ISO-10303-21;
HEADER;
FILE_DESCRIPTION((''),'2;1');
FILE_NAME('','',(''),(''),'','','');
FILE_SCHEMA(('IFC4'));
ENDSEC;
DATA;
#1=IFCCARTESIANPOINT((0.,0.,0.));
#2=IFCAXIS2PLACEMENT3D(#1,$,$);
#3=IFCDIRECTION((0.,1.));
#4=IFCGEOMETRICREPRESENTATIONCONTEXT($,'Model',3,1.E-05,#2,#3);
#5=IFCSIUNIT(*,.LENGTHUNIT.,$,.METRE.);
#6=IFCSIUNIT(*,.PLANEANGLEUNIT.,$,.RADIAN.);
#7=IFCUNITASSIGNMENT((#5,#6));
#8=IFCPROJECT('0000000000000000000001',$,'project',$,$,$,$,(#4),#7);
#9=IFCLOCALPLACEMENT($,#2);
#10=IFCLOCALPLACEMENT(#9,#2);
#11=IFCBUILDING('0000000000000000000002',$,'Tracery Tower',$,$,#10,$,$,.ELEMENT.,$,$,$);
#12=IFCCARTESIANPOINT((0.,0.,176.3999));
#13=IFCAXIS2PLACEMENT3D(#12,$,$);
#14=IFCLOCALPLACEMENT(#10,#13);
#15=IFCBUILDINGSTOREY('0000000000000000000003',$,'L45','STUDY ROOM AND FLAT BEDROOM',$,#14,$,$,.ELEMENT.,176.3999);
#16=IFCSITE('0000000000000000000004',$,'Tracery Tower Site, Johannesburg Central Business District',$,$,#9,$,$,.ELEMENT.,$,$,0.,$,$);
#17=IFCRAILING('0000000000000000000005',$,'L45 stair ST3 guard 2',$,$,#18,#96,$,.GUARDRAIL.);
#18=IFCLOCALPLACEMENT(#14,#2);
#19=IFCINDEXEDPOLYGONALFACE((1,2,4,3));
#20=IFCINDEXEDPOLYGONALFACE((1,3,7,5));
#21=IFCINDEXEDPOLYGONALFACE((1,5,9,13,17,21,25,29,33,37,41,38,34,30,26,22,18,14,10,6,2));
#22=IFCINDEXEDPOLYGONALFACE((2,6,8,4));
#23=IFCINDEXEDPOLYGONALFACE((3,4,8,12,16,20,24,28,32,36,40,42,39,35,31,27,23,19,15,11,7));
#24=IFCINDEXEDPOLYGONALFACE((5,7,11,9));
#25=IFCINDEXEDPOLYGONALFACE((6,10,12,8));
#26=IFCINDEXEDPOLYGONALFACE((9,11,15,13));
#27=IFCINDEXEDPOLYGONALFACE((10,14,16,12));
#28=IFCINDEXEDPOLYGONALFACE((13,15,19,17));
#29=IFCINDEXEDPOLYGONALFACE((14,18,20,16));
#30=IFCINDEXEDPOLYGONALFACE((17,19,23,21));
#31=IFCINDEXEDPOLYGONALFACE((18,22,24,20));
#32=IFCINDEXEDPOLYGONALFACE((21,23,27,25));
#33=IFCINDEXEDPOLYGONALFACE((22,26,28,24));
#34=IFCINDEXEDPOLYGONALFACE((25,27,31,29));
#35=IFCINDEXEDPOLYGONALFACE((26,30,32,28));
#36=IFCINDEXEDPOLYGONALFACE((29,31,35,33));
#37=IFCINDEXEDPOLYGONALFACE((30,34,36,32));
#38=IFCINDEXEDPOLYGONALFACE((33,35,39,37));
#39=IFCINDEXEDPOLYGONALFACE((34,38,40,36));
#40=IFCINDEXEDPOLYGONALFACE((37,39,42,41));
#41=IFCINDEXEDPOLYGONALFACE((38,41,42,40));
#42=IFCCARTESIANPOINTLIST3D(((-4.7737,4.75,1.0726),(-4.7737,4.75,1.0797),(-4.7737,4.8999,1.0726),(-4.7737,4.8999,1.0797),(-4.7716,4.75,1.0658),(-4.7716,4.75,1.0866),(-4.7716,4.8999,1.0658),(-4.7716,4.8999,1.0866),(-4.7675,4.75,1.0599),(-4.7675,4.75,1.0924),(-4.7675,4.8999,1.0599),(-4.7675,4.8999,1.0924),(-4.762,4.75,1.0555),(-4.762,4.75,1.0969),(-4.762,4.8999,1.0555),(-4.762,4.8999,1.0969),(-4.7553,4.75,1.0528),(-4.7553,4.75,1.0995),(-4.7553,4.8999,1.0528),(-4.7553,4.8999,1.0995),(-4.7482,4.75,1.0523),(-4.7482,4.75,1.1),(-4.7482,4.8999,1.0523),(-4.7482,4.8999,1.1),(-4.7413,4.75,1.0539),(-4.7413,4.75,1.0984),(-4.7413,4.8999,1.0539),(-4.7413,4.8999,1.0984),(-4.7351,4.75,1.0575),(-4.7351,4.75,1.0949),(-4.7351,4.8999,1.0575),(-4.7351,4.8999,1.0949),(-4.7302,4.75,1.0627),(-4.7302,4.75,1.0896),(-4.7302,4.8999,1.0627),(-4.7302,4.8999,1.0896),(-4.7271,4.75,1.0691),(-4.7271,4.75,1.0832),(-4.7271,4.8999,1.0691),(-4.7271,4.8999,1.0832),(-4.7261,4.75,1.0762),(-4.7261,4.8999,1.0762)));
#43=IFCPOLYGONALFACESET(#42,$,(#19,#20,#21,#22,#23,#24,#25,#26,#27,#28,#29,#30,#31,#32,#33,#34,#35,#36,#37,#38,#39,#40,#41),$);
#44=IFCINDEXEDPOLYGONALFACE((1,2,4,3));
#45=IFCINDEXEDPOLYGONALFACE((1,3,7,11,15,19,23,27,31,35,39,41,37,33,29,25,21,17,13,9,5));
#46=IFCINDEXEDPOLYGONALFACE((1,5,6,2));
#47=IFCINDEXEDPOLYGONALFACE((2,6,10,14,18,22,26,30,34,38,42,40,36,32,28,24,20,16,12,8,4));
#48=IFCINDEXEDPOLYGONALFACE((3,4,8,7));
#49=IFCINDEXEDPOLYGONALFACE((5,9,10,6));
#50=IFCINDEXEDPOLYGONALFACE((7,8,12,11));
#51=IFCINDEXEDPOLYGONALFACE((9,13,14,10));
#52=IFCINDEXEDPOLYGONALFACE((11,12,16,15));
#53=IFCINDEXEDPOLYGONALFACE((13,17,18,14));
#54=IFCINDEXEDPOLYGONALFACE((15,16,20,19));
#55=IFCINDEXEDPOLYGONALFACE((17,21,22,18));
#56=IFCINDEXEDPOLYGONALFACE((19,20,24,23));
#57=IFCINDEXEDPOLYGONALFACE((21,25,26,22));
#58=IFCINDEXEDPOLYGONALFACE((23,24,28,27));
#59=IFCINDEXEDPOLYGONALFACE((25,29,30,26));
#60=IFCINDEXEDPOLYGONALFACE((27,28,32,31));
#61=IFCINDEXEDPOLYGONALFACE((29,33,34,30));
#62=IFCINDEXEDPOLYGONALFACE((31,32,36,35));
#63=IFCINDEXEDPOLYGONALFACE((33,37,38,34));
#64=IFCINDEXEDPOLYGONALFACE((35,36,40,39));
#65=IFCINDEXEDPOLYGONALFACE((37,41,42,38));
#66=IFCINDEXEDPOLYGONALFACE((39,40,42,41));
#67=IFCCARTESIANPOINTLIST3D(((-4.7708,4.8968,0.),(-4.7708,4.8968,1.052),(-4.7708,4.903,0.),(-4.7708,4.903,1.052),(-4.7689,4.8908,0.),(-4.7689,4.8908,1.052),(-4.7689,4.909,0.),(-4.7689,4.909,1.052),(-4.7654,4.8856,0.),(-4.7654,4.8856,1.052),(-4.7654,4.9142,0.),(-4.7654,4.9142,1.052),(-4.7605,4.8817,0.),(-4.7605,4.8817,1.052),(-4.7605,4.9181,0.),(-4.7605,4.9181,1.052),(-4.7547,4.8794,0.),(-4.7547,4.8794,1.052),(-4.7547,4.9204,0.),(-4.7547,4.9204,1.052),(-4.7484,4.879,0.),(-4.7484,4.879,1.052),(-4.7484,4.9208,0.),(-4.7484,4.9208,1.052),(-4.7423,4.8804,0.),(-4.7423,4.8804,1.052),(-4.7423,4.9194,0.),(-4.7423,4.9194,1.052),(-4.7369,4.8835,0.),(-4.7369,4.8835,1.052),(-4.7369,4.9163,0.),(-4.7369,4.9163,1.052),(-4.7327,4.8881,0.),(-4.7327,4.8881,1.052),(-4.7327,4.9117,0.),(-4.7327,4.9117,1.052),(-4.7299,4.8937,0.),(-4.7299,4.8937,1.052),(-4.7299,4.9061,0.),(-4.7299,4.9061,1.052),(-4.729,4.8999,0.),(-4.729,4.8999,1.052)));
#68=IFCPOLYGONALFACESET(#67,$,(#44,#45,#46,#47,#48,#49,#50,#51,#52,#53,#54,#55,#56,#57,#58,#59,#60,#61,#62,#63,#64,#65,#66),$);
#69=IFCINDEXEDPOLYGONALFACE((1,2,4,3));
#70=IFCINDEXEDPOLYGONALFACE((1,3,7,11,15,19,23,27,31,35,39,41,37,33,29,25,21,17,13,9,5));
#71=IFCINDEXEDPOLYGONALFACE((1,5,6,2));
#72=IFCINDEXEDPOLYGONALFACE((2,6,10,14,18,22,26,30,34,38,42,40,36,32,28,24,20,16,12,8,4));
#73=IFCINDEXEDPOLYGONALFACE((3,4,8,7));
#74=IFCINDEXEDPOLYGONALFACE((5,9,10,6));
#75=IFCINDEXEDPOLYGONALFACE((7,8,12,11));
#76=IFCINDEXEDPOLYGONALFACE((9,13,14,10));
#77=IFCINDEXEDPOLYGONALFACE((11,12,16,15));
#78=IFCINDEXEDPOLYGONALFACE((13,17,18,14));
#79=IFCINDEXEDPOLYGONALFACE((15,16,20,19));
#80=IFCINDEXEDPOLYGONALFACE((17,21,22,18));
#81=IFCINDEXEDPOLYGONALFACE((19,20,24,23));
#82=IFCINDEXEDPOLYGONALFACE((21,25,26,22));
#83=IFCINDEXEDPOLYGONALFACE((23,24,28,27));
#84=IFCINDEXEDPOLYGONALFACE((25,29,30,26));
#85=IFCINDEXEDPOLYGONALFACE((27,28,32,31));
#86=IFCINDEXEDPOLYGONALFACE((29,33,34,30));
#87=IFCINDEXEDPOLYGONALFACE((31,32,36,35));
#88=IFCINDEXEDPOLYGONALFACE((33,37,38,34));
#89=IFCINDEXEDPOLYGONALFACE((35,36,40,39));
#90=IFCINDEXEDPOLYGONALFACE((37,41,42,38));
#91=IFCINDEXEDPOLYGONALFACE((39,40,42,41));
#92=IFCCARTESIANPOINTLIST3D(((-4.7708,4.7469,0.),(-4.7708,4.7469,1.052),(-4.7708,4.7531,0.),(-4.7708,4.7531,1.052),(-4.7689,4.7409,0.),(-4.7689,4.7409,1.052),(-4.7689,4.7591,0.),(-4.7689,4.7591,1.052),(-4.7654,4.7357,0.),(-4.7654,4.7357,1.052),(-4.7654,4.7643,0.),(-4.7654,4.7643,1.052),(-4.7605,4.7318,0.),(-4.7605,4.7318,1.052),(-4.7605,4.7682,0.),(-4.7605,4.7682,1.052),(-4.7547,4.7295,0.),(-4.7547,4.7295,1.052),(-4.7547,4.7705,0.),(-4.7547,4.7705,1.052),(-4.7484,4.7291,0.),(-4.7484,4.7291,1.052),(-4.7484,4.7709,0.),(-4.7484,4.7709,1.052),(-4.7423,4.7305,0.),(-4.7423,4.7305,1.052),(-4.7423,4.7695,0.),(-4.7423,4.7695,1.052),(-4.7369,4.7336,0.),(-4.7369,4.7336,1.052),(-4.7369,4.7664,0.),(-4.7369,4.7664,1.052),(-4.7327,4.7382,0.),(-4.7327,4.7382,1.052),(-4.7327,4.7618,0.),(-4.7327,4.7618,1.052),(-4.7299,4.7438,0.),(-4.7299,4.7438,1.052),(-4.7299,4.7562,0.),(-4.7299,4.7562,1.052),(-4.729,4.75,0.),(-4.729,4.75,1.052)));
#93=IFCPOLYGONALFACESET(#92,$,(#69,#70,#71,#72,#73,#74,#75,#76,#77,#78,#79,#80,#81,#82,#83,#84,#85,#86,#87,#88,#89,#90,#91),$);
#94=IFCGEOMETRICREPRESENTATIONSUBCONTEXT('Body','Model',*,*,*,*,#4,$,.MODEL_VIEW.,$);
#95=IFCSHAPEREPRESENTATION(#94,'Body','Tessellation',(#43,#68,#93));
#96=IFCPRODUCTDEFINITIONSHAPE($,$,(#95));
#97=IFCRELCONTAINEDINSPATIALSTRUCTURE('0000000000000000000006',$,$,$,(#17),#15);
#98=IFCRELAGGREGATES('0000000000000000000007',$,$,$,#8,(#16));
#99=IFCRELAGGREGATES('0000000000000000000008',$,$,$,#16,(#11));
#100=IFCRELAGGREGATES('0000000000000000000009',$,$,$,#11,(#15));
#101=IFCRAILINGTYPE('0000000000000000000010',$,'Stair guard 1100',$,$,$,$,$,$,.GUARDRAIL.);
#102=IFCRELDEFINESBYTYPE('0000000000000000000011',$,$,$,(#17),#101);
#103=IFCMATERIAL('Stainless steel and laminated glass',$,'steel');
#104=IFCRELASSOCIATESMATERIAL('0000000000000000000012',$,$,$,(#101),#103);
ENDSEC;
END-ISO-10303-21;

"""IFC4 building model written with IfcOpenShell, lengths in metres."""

from ifc_helpers import new_model, si_unit, direction, frame, origin, origin_2d, place, context, subcontext, project, spatial, circle, extrude, material, type_object, element, save


model = new_model("IFC4")

# Units and contexts
model_context = context("Model", 3, precision=1e-05, world=origin(), true_north=direction((0.0, 1.0)))
body_context = subcontext(model_context, "Body", "Model", "MODEL_VIEW")
ifc_project = project(units=[si_unit("LENGTHUNIT", "METRE"), si_unit("PLANEANGLEUNIT", "RADIAN")], contexts=[model_context])

# Site, building, storey
site_placement = place(None, origin())
site = spatial("IfcSite", under=ifc_project, at=site_placement, Name="Tracery Tower Site, Johannesburg Central Business District", CompositionType="ELEMENT", RefElevation=0.0)
building_placement = place(site_placement, origin())
building = spatial("IfcBuilding", under=site, at=building_placement, Name="Tracery Tower", CompositionType="ELEMENT")
storey_placement = place(building_placement, frame((0.0, 0.0, 176.3999)))
storey = spatial("IfcBuildingStorey", under=building, at=storey_placement, Name="L45", Description="STUDY ROOM AND FLAT BEDROOM", CompositionType="ELEMENT", Elevation=176.3999)

# Railing
ifc_material_1 = material(Name="Stainless steel and laminated glass", Category="steel")
railing_type_1 = type_object("IfcRailingType", Name="Stair guard 1100", PredefinedType="GUARDRAIL", material=ifc_material_1)
railing_1_placement = place(storey_placement, frame((-4.75, 4.8999, 0.0)))
element("IfcRailing", 1, at=railing_1_placement, inside=storey, type_object=railing_type_1, Name="L45 stair ST3 guard 2", PredefinedType="GUARDRAIL", context=body_context, shape_type="SweptSolid", body=[
    extrude(circle(Radius=0.0239, at=origin_2d()), frame((0.0, 0.0, 1.0762), z_axis=(0.0, -1.0, 0.0), x_axis=(1.0, 0.0, 0.0)), (0.0, 0.0, 1.0), 0.1499),
    extrude(circle(Radius=0.021, at=origin_2d()), origin(), (0.0, 0.0, 1.0), 1.052),
    extrude(circle(Radius=0.021, at=origin_2d()), frame((0.0, -0.1499, 0.0)), (0.0, 0.0, 1.0), 1.052),
])

save(model, "model.ifc")
